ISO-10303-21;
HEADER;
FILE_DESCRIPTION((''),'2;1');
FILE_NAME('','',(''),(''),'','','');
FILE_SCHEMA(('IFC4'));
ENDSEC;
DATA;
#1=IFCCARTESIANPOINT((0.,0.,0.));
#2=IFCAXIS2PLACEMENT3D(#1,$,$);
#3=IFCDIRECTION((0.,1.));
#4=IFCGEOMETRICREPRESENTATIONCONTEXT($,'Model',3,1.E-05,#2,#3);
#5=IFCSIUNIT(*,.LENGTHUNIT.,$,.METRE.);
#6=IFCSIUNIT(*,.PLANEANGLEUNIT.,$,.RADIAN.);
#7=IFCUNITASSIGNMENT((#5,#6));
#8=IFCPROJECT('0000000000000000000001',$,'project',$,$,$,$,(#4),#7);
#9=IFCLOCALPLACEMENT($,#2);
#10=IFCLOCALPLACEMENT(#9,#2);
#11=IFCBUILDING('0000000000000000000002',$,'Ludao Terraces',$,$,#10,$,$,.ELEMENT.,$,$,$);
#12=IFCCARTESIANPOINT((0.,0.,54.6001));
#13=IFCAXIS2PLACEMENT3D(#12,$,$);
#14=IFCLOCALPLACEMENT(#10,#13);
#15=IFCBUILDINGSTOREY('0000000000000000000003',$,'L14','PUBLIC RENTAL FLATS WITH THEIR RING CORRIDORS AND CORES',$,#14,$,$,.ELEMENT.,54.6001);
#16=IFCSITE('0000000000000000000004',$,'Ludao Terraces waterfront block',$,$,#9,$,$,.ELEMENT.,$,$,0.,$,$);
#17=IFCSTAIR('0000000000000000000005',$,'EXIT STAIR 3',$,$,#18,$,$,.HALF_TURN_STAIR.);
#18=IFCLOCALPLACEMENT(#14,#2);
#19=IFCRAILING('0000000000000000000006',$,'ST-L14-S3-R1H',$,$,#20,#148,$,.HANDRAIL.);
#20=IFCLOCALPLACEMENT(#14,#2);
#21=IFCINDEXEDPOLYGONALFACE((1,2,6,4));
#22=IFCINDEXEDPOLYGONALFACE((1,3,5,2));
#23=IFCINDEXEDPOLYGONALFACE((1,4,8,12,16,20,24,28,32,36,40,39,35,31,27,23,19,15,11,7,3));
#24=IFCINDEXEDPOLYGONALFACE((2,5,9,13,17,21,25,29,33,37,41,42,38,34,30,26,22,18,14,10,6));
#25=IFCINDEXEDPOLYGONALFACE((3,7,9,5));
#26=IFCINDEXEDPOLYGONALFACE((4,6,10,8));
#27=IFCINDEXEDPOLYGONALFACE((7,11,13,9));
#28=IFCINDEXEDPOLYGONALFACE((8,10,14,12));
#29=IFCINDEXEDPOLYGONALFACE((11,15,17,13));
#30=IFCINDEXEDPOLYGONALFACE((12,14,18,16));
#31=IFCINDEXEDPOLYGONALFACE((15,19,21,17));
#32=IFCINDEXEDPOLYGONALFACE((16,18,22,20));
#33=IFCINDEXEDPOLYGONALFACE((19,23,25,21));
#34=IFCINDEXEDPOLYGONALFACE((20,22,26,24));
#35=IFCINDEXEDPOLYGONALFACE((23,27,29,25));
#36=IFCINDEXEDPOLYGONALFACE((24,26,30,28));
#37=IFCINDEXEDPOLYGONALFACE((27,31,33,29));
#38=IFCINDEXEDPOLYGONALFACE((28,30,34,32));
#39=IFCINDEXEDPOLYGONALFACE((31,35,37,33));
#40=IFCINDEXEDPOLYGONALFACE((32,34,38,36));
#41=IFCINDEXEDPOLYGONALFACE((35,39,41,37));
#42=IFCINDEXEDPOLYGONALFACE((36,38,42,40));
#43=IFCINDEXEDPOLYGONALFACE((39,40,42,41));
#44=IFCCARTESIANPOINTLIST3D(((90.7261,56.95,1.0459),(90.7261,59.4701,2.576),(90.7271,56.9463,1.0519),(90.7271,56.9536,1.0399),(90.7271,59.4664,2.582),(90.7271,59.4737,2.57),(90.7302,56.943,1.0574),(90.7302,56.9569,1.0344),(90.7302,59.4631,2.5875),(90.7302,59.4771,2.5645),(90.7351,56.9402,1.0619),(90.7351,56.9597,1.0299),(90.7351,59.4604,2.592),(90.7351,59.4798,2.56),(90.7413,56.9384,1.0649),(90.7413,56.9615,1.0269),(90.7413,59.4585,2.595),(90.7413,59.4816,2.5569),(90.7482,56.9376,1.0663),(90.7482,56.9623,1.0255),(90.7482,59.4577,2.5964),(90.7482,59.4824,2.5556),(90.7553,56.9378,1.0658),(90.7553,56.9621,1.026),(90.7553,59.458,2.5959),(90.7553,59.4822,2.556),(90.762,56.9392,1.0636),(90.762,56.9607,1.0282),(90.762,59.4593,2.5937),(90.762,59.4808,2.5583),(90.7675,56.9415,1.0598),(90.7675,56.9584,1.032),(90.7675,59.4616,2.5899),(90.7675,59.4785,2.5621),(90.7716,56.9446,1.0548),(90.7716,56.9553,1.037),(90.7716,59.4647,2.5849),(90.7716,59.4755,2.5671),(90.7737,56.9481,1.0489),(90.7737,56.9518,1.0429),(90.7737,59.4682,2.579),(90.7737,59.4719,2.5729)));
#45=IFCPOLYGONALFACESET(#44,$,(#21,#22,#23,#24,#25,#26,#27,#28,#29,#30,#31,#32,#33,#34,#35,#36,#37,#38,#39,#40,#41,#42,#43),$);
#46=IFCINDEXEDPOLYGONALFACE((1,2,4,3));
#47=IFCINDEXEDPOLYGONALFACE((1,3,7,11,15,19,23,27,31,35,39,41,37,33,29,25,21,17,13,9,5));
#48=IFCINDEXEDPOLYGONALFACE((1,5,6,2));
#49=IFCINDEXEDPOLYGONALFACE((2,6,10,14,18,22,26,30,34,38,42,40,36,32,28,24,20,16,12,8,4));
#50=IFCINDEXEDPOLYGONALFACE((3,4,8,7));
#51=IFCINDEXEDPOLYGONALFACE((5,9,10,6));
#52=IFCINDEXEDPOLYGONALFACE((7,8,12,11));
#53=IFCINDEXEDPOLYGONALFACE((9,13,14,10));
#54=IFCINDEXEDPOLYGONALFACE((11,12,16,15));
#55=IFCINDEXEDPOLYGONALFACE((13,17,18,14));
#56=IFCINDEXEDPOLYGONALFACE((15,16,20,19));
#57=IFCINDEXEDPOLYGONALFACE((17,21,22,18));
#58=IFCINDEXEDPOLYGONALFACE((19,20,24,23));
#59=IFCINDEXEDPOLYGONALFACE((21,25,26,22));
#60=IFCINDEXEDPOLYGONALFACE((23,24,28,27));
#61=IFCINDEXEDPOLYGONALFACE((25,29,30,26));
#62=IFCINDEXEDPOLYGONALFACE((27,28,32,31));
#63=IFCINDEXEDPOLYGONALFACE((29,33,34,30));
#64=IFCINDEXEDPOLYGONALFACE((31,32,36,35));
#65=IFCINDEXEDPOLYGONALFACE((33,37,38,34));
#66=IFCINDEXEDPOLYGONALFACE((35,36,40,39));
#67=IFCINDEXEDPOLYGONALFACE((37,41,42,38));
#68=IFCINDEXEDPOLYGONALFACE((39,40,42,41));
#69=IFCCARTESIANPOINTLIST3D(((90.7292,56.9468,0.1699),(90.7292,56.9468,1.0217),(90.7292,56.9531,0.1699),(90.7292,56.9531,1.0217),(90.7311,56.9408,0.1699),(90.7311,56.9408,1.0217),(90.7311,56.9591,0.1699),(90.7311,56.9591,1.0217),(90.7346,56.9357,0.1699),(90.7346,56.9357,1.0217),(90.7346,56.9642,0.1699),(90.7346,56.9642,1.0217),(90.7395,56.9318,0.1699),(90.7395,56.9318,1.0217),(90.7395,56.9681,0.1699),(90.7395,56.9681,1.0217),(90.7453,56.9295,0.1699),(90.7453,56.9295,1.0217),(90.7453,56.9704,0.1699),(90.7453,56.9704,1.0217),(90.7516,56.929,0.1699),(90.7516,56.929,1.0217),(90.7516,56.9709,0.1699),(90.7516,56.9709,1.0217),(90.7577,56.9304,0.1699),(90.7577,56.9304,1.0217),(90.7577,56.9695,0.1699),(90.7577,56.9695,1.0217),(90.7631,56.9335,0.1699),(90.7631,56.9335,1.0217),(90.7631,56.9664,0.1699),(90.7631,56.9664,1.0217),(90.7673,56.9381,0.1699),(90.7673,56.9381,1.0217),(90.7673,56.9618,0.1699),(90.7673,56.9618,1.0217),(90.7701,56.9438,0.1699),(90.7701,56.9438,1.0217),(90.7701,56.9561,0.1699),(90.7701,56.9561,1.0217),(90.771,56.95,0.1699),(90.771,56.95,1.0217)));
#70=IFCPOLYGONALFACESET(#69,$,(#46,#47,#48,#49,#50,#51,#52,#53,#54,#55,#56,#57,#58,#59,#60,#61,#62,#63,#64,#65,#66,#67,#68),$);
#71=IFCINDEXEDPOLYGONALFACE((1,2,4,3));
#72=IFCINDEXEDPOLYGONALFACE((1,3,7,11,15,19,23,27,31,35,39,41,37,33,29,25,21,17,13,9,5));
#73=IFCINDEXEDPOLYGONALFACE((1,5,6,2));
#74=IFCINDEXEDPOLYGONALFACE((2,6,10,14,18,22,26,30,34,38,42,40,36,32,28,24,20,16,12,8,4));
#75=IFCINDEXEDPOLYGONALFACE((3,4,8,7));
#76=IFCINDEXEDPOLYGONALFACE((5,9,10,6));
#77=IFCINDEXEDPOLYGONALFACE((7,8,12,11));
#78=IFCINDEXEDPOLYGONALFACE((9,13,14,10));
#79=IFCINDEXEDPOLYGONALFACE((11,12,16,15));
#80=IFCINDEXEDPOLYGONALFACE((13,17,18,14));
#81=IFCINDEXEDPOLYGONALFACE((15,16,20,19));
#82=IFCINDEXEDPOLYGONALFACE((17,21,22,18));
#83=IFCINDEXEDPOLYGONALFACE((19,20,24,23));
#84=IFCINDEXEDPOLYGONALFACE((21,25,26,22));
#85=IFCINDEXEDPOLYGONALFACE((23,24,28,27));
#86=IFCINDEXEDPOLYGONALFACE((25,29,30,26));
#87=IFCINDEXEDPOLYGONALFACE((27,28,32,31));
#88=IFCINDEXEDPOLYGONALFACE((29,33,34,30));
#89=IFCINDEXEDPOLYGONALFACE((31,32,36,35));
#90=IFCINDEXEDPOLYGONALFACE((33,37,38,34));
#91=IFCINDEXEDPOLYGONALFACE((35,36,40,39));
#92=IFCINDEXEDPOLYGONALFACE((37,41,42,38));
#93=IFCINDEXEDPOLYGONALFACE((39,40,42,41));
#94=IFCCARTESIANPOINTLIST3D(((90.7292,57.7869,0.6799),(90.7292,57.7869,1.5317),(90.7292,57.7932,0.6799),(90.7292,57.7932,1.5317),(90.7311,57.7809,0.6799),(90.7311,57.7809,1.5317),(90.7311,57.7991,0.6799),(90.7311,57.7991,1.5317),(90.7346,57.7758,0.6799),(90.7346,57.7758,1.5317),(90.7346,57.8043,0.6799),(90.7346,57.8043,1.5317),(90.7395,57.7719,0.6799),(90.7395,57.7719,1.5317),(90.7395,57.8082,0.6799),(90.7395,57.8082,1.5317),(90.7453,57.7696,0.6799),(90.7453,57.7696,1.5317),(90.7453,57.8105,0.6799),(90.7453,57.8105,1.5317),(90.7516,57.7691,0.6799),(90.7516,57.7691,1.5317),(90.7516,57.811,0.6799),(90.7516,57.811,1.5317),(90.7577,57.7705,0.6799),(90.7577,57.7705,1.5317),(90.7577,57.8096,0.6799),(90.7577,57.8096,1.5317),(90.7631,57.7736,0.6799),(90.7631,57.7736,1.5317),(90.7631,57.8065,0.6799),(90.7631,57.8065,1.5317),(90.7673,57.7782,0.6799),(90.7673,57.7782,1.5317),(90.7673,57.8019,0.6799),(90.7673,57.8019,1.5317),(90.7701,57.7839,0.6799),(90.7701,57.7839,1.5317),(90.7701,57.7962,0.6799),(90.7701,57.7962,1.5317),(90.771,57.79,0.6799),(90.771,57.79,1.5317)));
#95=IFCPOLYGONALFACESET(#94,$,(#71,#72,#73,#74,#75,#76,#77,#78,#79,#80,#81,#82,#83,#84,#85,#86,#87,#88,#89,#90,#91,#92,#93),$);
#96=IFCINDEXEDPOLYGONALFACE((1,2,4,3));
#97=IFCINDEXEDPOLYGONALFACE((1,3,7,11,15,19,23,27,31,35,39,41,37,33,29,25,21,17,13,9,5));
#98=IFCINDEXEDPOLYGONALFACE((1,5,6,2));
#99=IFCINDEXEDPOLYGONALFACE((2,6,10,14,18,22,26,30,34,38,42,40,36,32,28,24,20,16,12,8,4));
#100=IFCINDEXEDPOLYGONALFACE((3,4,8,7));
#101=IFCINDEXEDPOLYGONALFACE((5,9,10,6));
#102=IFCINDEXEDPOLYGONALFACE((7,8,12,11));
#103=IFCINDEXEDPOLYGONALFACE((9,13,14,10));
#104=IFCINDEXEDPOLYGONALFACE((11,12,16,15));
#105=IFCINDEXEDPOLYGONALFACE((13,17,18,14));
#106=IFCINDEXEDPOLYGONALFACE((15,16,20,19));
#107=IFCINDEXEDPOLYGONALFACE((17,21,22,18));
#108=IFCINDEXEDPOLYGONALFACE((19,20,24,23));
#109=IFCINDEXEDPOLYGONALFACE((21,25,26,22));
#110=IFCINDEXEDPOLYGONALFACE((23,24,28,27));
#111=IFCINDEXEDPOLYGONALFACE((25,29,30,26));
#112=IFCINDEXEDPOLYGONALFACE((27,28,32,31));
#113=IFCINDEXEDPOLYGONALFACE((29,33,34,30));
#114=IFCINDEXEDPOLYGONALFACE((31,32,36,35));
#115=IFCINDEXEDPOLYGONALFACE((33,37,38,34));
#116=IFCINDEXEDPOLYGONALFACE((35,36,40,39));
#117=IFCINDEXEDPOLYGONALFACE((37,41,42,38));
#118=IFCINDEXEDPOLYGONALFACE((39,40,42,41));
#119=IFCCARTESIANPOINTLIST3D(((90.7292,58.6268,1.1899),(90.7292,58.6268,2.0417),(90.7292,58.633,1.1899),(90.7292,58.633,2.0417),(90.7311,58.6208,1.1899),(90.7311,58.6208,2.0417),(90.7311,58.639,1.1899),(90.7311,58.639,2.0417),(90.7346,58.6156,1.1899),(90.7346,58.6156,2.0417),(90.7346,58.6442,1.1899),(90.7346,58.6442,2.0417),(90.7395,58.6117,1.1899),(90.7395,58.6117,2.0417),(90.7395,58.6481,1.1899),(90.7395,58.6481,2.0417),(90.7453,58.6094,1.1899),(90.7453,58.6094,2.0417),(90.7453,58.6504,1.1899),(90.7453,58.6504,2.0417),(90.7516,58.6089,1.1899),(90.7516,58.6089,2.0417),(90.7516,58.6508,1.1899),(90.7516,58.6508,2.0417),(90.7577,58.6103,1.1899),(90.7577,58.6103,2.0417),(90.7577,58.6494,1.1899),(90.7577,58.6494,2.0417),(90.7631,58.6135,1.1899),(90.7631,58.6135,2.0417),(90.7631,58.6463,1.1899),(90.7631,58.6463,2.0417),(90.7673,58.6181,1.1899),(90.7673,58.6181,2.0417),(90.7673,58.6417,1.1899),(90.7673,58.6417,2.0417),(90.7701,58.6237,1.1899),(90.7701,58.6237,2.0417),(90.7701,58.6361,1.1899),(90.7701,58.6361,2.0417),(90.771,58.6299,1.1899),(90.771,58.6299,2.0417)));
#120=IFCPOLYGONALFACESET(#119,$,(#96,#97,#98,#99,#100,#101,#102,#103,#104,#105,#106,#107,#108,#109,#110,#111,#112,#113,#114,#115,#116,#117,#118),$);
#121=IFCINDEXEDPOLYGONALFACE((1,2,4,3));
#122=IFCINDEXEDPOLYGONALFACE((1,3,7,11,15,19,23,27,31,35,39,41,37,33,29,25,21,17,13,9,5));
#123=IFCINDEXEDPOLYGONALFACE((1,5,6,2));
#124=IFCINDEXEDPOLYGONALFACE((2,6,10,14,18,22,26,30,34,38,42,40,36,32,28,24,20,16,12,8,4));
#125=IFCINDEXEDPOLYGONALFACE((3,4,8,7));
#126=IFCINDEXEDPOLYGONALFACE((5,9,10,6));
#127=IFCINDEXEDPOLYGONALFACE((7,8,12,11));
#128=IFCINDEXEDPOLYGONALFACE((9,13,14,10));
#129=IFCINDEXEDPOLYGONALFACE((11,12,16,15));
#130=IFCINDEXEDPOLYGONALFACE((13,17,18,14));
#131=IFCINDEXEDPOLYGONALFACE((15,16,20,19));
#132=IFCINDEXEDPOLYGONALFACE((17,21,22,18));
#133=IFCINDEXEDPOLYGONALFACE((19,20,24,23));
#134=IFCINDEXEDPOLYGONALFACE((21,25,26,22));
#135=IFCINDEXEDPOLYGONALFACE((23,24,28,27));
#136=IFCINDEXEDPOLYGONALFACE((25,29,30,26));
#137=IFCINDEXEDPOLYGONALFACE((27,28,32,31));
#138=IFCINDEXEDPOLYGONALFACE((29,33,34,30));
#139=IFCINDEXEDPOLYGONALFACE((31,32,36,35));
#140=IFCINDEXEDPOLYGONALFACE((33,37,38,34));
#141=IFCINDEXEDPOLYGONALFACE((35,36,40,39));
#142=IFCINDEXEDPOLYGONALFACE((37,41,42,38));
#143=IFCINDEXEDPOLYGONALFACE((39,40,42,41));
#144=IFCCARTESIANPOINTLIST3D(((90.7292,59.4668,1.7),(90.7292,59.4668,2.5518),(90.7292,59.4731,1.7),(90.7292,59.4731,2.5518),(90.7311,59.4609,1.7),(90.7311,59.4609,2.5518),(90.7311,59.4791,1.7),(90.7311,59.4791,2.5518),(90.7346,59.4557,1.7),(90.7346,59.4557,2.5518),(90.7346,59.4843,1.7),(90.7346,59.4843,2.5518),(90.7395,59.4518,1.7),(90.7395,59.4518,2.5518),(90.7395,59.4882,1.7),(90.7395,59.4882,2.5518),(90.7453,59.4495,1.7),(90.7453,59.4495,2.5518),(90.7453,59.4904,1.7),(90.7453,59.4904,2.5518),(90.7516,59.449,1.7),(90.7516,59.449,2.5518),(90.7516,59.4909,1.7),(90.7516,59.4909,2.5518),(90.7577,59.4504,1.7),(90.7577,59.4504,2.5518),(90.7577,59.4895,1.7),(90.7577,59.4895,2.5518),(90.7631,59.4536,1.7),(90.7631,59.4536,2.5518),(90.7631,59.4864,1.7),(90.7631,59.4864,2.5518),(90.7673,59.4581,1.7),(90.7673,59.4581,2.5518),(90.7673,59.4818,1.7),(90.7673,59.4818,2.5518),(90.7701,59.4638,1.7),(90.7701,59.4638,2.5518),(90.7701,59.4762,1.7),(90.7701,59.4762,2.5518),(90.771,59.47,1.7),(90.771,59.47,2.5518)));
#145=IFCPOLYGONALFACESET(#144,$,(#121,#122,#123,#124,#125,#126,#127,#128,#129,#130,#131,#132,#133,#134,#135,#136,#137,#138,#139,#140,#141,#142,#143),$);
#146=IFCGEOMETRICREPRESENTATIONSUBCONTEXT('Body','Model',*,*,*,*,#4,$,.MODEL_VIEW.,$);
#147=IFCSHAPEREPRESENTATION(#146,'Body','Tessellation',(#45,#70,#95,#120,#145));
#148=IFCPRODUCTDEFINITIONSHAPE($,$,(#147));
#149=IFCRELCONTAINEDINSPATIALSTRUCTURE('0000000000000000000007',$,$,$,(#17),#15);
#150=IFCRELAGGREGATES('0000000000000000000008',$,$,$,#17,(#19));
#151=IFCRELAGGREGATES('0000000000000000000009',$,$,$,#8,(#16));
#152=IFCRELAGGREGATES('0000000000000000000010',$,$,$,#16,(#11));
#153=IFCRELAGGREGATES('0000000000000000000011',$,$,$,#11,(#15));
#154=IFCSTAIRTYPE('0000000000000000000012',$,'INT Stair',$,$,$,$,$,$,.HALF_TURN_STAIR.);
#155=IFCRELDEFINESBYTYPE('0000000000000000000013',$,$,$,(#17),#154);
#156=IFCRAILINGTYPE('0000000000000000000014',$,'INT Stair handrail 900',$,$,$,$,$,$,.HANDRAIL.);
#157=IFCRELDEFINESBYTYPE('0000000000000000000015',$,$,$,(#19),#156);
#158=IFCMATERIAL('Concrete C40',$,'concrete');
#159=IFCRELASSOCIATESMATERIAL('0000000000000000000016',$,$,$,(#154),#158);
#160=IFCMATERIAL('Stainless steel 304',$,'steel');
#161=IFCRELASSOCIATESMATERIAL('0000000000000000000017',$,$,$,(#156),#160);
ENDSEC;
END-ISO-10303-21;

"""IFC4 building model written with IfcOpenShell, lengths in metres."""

from ifc_helpers import new_model, si_unit, direction, frame, origin, origin_2d, place, context, subcontext, project, spatial, circle, extrude, material, type_object, element, aggregate, save


model = new_model("IFC4")

# Units and contexts
model_context = context("Model", 3, precision=1e-05, world=origin(), true_north=direction((0.0, 1.0)))
body_context = subcontext(model_context, "Body", "Model", "MODEL_VIEW")
ifc_project = project(units=[si_unit("LENGTHUNIT", "METRE"), si_unit("PLANEANGLEUNIT", "RADIAN")], contexts=[model_context])

# Site, building, storey
site_placement = place(None, origin())
site = spatial("IfcSite", under=ifc_project, at=site_placement, Name="Ludao Terraces waterfront block", CompositionType="ELEMENT", RefElevation=0.0)
building_placement = place(site_placement, origin())
building = spatial("IfcBuilding", under=site, at=building_placement, Name="Ludao Terraces", CompositionType="ELEMENT")
storey_placement = place(building_placement, frame((0.0, 0.0, 54.6001)))
storey = spatial("IfcBuildingStorey", under=building, at=storey_placement, Name="L14", Description="PUBLIC RENTAL FLATS WITH THEIR RING CORRIDORS AND CORES", CompositionType="ELEMENT", Elevation=54.6001)

# Stair, railing
ifc_material_1 = material(Name="Concrete C40", Category="concrete")
stair_type = type_object("IfcStairType", Name="INT Stair", PredefinedType="HALF_TURN_STAIR", material=ifc_material_1)
stair_placement = place(storey_placement, origin())
stair = element("IfcStair", 1, at=stair_placement, inside=storey, type_object=stair_type, Name="EXIT STAIR 3", PredefinedType="HALF_TURN_STAIR")
ifc_material_2 = material(Name="Stainless steel 304", Category="steel")
railing_type_1 = type_object("IfcRailingType", Name="INT Stair handrail 900", PredefinedType="HANDRAIL", material=ifc_material_2)
railing_1_placement = place(storey_placement, frame((90.75, 56.95, 0.1699)))
railing_1 = element("IfcRailing", 2, at=railing_1_placement, type_object=railing_type_1, Name="ST-L14-S3-R1H", PredefinedType="HANDRAIL", context=body_context, shape_type="SweptSolid", body=[
    extrude(circle(Radius=0.0239, at=origin_2d()), frame((0.0, 0.0, 0.876), z_axis=(0.0, 0.854785, 0.518982), x_axis=(-1.0, 0.0, 0.0)), (0.0, 0.0, 1.0), 2.9482),
    extrude(circle(Radius=0.021, at=origin_2d()), origin(), (0.0, 0.0, 1.0), 0.8518),
    extrude(circle(Radius=0.021, at=origin_2d()), frame((0.0, 0.8401, 0.51)), (0.0, 0.0, 1.0), 0.8518),
    extrude(circle(Radius=0.021, at=origin_2d()), frame((0.0, 1.6799, 1.02)), (0.0, 0.0, 1.0), 0.8518),
    extrude(circle(Radius=0.021, at=origin_2d()), frame((0.0, 2.52, 1.53)), (0.0, 0.0, 1.0), 0.8518),
])
aggregate(stair, [railing_1])

save(model, "model.ifc")
